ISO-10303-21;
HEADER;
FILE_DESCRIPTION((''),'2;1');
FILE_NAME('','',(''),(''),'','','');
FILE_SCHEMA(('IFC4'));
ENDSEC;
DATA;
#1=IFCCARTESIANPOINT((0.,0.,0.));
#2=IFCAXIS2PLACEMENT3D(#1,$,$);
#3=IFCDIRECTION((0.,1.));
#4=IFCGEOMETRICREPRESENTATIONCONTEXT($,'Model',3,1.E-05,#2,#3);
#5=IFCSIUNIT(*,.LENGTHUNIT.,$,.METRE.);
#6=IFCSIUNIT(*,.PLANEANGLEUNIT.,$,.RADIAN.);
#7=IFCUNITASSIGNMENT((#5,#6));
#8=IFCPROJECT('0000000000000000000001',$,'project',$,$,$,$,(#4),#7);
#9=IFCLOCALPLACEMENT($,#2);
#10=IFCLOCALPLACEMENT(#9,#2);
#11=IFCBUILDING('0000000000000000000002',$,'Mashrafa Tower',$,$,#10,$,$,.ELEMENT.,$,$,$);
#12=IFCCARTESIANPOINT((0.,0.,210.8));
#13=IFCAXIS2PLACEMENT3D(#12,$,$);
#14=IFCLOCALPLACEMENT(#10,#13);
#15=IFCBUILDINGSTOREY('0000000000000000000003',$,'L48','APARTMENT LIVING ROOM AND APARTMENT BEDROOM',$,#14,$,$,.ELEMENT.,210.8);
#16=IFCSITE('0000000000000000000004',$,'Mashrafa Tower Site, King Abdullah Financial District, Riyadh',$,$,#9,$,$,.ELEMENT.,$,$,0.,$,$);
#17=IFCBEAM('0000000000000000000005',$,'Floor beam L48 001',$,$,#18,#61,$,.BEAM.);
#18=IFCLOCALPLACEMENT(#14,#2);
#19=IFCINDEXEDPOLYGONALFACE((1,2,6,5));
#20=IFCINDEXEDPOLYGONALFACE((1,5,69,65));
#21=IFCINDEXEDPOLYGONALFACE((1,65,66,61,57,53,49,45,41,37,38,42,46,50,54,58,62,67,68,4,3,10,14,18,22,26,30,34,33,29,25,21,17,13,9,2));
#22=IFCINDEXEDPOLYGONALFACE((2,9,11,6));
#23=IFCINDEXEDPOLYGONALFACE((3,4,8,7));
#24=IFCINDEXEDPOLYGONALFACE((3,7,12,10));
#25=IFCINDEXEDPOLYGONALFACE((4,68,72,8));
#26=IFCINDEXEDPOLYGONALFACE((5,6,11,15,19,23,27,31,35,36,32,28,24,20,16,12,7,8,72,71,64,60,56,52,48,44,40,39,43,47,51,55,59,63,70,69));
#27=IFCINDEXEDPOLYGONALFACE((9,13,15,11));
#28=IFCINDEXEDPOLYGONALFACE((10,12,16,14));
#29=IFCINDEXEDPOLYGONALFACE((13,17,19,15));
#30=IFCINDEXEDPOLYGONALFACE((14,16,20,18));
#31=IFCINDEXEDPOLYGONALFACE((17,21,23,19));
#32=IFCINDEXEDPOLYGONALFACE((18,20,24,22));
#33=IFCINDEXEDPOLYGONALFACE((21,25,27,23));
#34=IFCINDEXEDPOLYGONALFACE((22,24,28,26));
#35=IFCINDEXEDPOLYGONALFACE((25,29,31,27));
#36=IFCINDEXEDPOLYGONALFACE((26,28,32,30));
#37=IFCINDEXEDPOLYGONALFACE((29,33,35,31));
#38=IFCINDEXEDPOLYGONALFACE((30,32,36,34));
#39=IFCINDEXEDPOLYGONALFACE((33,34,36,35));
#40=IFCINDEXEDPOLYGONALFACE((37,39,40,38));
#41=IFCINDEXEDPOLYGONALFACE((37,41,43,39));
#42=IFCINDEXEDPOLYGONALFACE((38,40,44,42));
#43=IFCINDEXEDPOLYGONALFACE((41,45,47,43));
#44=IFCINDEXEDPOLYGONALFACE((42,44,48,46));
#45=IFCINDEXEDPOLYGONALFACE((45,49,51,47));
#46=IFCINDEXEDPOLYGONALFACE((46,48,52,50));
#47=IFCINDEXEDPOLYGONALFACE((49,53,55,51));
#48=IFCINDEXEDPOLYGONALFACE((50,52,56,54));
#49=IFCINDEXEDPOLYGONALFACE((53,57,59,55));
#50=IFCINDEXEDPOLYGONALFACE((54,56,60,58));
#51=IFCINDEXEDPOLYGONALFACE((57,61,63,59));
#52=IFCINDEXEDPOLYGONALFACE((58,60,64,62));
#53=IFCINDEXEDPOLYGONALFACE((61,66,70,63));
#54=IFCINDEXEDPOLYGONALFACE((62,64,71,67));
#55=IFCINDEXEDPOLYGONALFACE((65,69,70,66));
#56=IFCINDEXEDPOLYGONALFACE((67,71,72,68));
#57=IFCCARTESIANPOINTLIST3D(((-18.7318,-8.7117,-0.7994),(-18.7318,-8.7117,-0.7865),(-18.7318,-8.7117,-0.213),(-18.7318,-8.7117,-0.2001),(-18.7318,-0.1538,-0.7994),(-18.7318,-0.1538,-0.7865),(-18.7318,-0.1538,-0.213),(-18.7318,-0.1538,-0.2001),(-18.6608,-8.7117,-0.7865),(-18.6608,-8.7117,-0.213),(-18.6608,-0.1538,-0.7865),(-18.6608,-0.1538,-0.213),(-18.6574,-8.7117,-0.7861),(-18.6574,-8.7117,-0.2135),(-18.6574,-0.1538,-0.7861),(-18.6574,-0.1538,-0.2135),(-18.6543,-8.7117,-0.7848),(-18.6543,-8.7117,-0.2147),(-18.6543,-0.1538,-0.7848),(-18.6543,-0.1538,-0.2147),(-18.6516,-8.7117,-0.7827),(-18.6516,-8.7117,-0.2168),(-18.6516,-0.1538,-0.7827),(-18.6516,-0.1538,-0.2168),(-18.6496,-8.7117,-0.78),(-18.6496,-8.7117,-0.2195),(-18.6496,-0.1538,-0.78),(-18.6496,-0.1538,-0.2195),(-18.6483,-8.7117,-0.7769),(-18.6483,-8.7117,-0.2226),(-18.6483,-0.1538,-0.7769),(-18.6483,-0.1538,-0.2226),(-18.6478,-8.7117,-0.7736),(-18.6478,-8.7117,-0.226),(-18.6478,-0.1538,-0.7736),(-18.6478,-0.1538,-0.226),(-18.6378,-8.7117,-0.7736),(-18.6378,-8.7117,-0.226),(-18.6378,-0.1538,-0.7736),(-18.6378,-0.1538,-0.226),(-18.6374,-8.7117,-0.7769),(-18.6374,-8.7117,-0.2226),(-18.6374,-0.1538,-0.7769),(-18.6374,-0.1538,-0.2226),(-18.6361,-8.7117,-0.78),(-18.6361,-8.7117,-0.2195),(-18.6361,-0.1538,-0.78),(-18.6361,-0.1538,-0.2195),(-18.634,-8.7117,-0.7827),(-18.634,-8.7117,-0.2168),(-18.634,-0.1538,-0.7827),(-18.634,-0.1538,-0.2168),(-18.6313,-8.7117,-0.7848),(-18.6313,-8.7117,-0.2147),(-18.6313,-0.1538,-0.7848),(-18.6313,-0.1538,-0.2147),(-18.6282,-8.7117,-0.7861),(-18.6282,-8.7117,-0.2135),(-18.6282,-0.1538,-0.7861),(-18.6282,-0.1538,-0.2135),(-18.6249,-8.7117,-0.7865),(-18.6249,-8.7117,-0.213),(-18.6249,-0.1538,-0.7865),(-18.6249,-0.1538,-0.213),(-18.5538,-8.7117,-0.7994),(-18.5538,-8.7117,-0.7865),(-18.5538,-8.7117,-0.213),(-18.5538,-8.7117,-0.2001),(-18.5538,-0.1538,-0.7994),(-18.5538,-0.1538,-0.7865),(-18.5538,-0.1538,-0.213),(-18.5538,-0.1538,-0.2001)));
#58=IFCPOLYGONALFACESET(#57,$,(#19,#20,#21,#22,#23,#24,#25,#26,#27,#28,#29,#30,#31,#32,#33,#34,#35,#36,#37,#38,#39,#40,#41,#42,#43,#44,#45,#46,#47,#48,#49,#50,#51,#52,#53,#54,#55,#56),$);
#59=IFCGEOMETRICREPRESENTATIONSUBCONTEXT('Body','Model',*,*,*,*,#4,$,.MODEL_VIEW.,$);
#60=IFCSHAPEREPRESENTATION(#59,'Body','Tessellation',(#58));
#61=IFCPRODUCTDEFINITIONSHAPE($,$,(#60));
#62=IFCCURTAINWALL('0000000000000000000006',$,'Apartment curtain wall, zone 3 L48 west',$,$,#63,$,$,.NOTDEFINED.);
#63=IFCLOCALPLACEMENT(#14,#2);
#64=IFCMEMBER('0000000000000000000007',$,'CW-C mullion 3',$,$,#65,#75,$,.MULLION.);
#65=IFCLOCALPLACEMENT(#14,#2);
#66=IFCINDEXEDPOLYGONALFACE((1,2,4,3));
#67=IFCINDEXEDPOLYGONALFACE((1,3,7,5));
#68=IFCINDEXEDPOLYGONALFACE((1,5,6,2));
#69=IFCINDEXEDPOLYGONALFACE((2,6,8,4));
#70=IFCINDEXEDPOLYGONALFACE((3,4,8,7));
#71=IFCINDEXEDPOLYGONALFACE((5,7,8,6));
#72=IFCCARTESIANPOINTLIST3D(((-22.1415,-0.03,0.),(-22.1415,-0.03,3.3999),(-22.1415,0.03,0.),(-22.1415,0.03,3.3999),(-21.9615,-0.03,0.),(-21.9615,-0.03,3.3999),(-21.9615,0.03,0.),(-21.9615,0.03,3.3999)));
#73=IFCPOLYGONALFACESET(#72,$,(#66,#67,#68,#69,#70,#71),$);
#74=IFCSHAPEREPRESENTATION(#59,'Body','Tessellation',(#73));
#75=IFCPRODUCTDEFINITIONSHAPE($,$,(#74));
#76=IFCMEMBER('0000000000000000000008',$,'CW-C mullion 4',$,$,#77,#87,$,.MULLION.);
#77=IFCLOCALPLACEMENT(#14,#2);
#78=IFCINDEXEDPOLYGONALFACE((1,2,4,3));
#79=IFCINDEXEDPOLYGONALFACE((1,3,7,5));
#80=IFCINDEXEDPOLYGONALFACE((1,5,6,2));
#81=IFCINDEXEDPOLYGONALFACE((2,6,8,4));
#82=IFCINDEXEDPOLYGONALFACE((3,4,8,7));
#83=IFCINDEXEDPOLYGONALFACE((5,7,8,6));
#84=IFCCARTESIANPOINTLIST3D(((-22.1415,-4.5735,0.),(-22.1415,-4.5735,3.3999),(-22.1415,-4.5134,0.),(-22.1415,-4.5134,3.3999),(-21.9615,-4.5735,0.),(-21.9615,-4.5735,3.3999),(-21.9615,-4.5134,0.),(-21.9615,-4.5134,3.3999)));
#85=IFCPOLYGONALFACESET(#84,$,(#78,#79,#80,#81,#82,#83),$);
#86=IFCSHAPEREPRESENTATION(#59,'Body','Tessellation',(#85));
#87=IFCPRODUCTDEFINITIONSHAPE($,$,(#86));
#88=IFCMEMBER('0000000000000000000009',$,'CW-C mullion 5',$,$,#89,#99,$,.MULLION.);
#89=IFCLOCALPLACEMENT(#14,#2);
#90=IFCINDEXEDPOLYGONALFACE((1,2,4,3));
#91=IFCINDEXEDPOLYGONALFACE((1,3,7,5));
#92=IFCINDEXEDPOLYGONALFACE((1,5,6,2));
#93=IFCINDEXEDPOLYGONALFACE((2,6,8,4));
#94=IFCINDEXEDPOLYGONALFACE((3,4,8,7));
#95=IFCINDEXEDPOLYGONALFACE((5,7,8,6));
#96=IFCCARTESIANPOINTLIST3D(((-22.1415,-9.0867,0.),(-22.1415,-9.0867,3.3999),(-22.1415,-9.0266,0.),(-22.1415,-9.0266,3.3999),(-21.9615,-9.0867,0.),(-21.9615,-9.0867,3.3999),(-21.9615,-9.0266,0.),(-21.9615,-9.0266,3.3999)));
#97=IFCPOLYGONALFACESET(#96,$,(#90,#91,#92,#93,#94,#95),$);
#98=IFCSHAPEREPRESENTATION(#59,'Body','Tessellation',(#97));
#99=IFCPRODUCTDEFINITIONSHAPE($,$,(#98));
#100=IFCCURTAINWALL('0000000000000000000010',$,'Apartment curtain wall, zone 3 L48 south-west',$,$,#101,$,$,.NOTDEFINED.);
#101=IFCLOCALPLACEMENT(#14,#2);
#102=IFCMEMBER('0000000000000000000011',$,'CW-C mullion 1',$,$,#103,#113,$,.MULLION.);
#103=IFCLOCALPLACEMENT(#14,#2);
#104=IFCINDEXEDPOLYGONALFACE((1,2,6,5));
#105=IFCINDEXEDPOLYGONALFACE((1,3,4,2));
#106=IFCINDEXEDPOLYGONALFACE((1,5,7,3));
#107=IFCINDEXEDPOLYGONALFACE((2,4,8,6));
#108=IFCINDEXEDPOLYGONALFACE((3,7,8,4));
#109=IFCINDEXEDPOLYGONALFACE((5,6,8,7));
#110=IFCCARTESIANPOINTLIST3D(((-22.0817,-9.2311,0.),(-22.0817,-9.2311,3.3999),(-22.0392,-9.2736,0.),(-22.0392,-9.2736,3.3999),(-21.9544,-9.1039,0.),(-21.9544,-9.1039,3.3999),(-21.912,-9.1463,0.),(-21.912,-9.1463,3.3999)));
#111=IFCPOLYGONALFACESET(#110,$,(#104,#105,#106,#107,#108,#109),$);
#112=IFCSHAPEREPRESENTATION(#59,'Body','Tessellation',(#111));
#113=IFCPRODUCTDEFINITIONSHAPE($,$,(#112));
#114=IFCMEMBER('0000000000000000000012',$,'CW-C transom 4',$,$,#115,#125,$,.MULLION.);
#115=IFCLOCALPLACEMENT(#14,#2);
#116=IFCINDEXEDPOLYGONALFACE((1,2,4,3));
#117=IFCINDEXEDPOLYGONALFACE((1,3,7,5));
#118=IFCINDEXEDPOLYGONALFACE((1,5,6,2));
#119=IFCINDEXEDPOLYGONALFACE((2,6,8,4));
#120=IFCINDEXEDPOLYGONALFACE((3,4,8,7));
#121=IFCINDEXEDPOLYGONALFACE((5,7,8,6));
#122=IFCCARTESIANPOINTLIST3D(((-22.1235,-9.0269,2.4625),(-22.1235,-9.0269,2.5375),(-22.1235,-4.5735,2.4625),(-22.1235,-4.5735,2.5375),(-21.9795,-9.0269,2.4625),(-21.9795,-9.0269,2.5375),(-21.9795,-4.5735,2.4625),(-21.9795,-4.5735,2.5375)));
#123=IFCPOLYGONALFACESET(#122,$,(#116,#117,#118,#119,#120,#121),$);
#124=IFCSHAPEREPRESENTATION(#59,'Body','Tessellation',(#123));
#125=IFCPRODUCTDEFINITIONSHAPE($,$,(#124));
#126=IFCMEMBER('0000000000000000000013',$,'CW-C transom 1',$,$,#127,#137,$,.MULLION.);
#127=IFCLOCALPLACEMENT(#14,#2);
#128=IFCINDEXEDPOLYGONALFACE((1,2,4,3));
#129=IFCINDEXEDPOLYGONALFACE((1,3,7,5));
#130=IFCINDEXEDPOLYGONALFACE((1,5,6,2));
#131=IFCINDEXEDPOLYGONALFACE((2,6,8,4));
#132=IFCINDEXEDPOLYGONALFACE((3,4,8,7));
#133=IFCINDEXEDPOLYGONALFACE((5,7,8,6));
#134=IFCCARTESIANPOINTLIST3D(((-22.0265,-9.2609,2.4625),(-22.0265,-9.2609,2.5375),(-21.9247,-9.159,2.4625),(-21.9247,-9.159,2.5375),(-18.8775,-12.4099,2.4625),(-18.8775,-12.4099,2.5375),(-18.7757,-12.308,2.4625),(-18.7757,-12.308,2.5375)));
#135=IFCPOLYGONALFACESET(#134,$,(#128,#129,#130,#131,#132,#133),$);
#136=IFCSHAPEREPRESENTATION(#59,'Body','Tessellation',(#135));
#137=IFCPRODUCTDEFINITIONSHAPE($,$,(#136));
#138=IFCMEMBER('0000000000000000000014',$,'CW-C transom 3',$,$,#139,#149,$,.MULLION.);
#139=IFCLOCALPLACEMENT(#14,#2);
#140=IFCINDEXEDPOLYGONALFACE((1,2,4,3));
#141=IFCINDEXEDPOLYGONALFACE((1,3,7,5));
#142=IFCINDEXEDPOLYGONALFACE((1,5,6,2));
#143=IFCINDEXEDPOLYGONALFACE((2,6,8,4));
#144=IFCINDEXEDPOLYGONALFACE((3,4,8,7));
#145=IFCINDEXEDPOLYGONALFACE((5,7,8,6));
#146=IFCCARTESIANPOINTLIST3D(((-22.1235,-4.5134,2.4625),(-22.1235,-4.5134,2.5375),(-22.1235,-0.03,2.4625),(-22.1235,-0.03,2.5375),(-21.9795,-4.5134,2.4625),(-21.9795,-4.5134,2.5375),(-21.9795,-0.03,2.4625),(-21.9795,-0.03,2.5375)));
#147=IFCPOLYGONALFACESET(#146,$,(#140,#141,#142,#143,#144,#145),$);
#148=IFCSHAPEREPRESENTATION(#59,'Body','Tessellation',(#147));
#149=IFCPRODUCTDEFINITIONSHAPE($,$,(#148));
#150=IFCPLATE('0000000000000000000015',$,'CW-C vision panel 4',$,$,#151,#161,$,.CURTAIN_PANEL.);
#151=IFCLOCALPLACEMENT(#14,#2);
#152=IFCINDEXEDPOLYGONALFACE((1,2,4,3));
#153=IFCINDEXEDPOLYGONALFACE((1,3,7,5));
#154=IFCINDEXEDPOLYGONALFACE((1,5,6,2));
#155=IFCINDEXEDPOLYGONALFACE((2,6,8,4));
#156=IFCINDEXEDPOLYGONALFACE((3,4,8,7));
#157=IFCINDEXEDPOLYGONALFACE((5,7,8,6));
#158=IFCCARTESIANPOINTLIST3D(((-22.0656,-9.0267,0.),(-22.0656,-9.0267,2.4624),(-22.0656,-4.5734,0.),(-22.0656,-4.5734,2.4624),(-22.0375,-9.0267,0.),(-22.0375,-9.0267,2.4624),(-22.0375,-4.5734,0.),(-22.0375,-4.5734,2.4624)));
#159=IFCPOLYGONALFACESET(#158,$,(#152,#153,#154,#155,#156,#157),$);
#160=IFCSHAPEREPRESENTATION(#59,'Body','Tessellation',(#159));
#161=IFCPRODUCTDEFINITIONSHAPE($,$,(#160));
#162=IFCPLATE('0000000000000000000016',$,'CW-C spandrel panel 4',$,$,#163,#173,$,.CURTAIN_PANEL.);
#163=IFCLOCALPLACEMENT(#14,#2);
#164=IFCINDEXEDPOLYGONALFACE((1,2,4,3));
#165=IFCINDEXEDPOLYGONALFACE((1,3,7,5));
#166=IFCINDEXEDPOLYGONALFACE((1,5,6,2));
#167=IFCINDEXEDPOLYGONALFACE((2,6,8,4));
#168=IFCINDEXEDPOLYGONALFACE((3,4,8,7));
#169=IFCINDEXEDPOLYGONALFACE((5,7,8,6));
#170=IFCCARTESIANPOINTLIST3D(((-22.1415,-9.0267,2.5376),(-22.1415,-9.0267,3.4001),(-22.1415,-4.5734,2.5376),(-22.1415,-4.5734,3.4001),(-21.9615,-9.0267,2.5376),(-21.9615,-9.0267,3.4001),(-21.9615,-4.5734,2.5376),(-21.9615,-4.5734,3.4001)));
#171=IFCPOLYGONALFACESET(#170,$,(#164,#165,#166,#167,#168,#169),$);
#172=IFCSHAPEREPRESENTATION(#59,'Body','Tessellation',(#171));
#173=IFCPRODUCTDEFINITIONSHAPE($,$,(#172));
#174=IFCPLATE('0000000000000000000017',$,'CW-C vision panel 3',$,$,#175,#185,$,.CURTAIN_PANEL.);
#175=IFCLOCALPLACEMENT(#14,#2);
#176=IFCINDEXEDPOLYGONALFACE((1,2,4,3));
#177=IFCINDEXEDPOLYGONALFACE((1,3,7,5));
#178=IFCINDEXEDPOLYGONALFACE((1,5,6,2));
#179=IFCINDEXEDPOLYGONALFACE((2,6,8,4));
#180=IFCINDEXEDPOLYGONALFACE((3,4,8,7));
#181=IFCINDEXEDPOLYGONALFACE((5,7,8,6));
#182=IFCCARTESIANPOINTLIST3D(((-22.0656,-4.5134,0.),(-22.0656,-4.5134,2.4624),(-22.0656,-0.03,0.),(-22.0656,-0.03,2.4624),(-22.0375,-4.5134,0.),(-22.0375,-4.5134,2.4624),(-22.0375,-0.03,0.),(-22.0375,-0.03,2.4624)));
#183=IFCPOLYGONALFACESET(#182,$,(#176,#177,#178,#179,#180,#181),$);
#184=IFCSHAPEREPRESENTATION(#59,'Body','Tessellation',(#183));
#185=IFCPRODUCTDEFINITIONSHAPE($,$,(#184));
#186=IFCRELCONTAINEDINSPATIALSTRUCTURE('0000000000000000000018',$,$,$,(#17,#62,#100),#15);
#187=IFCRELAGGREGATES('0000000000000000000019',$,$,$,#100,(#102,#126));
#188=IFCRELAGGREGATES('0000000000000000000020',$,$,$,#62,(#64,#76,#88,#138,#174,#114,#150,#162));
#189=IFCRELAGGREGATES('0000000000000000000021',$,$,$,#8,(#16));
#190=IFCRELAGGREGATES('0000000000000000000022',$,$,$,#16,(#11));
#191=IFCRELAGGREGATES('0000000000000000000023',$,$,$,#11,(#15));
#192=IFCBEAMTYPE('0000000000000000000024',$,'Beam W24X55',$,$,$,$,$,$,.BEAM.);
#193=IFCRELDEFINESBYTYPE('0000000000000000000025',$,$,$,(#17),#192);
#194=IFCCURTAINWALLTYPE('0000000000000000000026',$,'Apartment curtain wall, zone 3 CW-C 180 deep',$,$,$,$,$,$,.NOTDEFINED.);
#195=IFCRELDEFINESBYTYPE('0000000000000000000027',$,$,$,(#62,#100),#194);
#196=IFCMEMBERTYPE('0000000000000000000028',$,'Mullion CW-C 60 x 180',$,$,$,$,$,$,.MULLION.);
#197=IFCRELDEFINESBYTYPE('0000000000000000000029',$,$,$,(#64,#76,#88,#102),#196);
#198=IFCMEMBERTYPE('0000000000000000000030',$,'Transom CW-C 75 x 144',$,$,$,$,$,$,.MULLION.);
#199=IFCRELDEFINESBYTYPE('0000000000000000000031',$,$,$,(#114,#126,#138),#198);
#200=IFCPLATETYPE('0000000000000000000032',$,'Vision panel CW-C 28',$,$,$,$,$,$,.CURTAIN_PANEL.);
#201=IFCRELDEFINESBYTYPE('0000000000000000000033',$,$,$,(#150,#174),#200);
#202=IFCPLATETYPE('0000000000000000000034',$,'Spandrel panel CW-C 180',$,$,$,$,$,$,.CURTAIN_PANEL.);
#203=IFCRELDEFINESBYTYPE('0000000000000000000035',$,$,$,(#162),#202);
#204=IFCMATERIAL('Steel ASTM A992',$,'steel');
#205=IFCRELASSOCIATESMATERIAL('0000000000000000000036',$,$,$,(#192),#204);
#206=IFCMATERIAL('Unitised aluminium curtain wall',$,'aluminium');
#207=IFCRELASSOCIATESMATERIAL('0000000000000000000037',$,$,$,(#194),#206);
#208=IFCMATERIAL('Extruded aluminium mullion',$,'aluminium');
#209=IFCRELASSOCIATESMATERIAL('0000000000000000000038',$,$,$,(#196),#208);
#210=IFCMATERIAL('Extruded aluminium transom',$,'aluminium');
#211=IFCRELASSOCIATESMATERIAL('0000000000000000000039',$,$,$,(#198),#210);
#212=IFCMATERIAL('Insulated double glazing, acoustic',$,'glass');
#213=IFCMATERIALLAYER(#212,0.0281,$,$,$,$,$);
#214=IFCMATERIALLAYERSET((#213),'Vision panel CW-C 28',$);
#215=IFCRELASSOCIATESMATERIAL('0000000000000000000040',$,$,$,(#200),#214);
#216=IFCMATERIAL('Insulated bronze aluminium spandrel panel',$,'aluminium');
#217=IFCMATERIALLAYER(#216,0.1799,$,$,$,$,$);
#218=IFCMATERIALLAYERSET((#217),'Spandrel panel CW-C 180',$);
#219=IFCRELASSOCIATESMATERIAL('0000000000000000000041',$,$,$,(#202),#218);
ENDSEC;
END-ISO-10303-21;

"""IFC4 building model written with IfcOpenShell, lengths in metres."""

from ifc_helpers import new_model, si_unit, direction, frame, origin, origin_2d, place, context, subcontext, project, spatial, rectangle, i_section, extrude, source, transform, mapped, material, layer, layer_set, material_profile, profile_set, type_object, type_shapes, element, aggregate, save


model = new_model("IFC4")

# Units and contexts
model_context = context("Model", 3, precision=1e-05, world=origin(), true_north=direction((0.0, 1.0)))
body_context = subcontext(model_context, "Body", "Model", "MODEL_VIEW")
ifc_project = project(units=[si_unit("LENGTHUNIT", "METRE"), si_unit("PLANEANGLEUNIT", "RADIAN")], contexts=[model_context])

# Site, building, storey
site_placement = place(None, origin())
site = spatial("IfcSite", under=ifc_project, at=site_placement, Name="Mashrafa Tower Site, King Abdullah Financial District, Riyadh", CompositionType="ELEMENT", RefElevation=0.0)
building_placement = place(site_placement, origin())
building = spatial("IfcBuilding", under=site, at=building_placement, Name="Mashrafa Tower", CompositionType="ELEMENT")
storey_placement = place(building_placement, frame((0.0, 0.0, 210.8)))
storey = spatial("IfcBuildingStorey", under=building, at=storey_placement, Name="L48", Description="APARTMENT LIVING ROOM AND APARTMENT BEDROOM", CompositionType="ELEMENT", Elevation=210.8)

# Beam
ifc_material_1 = material(Name="Steel ASTM A992", Category="steel")
ifc_material_profile_1 = material_profile(ifc_material_1, i_section(OverallWidth=0.178, OverallDepth=0.5994, WebThickness=0.01, FlangeThickness=0.0129, FilletRadius=0.0129, at=origin_2d()), Name="W24X55")
ifc_profile_set_1 = profile_set([ifc_material_profile_1], Name="Steel ASTM A992")
beam_type_1 = type_object("IfcBeamType", Name="Beam W24X55", PredefinedType="BEAM", material=ifc_profile_set_1)
beam_1_placement = place(storey_placement, frame((-18.6428, -8.7117, -0.4998), z_axis=(0.0, 1.0, 0.0), x_axis=(-1.0, 0.0, 0.0)))
element("IfcBeam", 1, at=beam_1_placement, inside=storey, type_object=beam_type_1, Name="Floor beam L48 001", PredefinedType="BEAM", context=body_context, shape_type="SweptSolid", body=[
    extrude(i_section(OverallWidth=0.178, OverallDepth=0.5994, WebThickness=0.01, FlangeThickness=0.0129, FilletRadius=0.0129, at=origin_2d()), origin(), (0.0, 0.0, 1.0), 8.5579),
])

# Curtain wall, members
ifc_material_2 = material(Name="Unitised aluminium curtain wall", Category="aluminium")
curtain_wall_type = type_object("IfcCurtainWallType", Name="Apartment curtain wall, zone 3 CW-C 180 deep", PredefinedType="NOTDEFINED", material=ifc_material_2)
curtain_wall_1_placement = place(storey_placement, origin())
curtain_wall_1 = element("IfcCurtainWall", 2, at=curtain_wall_1_placement, inside=storey, type_object=curtain_wall_type, Name="Apartment curtain wall, zone 3 L48 west", PredefinedType="NOTDEFINED")
ifc_material_3 = material(Name="Extruded aluminium mullion", Category="aluminium")
ifc_material_profile_2 = material_profile(ifc_material_3, rectangle(XDim=0.1799, YDim=0.0601, at=origin_2d()), Name="Mullion 60x180")
ifc_profile_set_2 = profile_set([ifc_material_profile_2], Name="Extruded aluminium mullion")
member_type_1 = type_object("IfcMemberType", Name="Mullion CW-C 60 x 180", PredefinedType="MULLION", material=ifc_profile_set_2)
shared_shape_1 = source(origin(), body_context, "Body", "SweptSolid", [
    extrude(rectangle(XDim=0.1799, YDim=0.0601, at=origin_2d()), origin(), (0.0, 0.0, 1.0), 3.3999),
])
type_shapes(member_type_1, [shared_shape_1])
member_1_placement = place(storey_placement, frame((-22.0515, 0.0, 0.0), z_axis=(0.0, 0.0, 1.0), x_axis=(1.0, 0.0, 0.0)))
member_1 = element("IfcMember", 3, at=member_1_placement, type_object=member_type_1, Name="CW-C mullion 3", PredefinedType="MULLION", context=body_context, shape_type="MappedRepresentation", body=[
    mapped(shared_shape_1, transform((0.0, 0.0, 0.0))),
])
member_2_placement = place(storey_placement, frame((-22.0515, -4.5435, 0.0), z_axis=(0.0, 0.0, 1.0), x_axis=(1.0, 0.0, 0.0)))
member_2 = element("IfcMember", 4, at=member_2_placement, type_object=member_type_1, Name="CW-C mullion 4", PredefinedType="MULLION", context=body_context, shape_type="MappedRepresentation", body=[
    mapped(shared_shape_1, transform((0.0, 0.0, 0.0))),
])
member_3_placement = place(storey_placement, frame((-22.0515, -9.0566, 0.0), z_axis=(0.0, 0.0, 1.0), x_axis=(1.0, 0.0, 0.0)))
member_3 = element("IfcMember", 5, at=member_3_placement, type_object=member_type_1, Name="CW-C mullion 5", PredefinedType="MULLION", context=body_context, shape_type="MappedRepresentation", body=[
    mapped(shared_shape_1, transform((0.0, 0.0, 0.0))),
])

# Curtain wall, member
curtain_wall_2_placement = place(storey_placement, origin())
curtain_wall_2 = element("IfcCurtainWall", 6, at=curtain_wall_2_placement, inside=storey, type_object=curtain_wall_type, Name="Apartment curtain wall, zone 3 L48 south-west", PredefinedType="NOTDEFINED")
member_4_placement = place(storey_placement, frame((-21.9968, -9.1887, 0.0), z_axis=(0.0, 0.0, 1.0), x_axis=(0.707107, 0.707107, 0.0)))
member_4 = element("IfcMember", 7, at=member_4_placement, type_object=member_type_1, Name="CW-C mullion 1", PredefinedType="MULLION", context=body_context, shape_type="MappedRepresentation", body=[
    mapped(shared_shape_1, transform((0.0, 0.0, 0.0))),
])

# Members
ifc_material_4 = material(Name="Extruded aluminium transom", Category="aluminium")
ifc_material_profile_3 = material_profile(ifc_material_4, rectangle(XDim=0.144, YDim=0.075, at=origin_2d()), Name="Transom 75x144")
ifc_profile_set_3 = profile_set([ifc_material_profile_3], Name="Extruded aluminium transom")
member_type_2 = type_object("IfcMemberType", Name="Transom CW-C 75 x 144", PredefinedType="MULLION", material=ifc_profile_set_3)
shared_shape_2 = source(origin(), body_context, "Body", "SweptSolid", [
    extrude(rectangle(XDim=0.144, YDim=0.075, at=origin_2d()), origin(), (0.0, 0.0, 1.0), 4.4534),
])
member_5_placement = place(storey_placement, frame((-22.0515, -4.5735, 2.5), z_axis=(0.0, -1.0, 0.0), x_axis=(1.0, 0.0, 0.0)))
member_5 = element("IfcMember", 8, at=member_5_placement, type_object=member_type_2, Name="CW-C transom 4", PredefinedType="MULLION", context=body_context, shape_type="MappedRepresentation", body=[
    mapped(shared_shape_2, transform((0.0, 0.0, 0.0))),
])
member_6_placement = place(storey_placement, frame((-21.9756, -9.21, 2.5), z_axis=(0.707107, -0.707107, 0.0), x_axis=(0.707107, 0.707107, 0.0)))
member_6 = element("IfcMember", 9, at=member_6_placement, type_object=member_type_2, Name="CW-C transom 1", PredefinedType="MULLION", context=body_context, shape_type="MappedRepresentation", body=[
    mapped(shared_shape_2, transform((0.0, 0.0, 0.0))),
])
aggregate(curtain_wall_2, [member_4, member_6])
shared_shape_3 = source(origin(), body_context, "Body", "SweptSolid", [
    extrude(rectangle(XDim=0.144, YDim=0.075, at=origin_2d()), origin(), (0.0, 0.0, 1.0), 4.4834),
])
type_shapes(member_type_2, [shared_shape_2, shared_shape_3])
member_7_placement = place(storey_placement, frame((-22.0515, -0.03, 2.5), z_axis=(0.0, -1.0, 0.0), x_axis=(1.0, 0.0, 0.0)))
member_7 = element("IfcMember", 10, at=member_7_placement, type_object=member_type_2, Name="CW-C transom 3", PredefinedType="MULLION", context=body_context, shape_type="MappedRepresentation", body=[
    mapped(shared_shape_3, transform((0.0, 0.0, 0.0))),
])

# Plates
ifc_material_5 = material(Name="Insulated double glazing, acoustic", Category="glass")
ifc_layer_1 = layer(ifc_material_5, 0.0281)
ifc_layer_set_1 = layer_set([ifc_layer_1], Name="Vision panel CW-C 28")
plate_type_1 = type_object("IfcPlateType", Name="Vision panel CW-C 28", PredefinedType="CURTAIN_PANEL", material=ifc_layer_set_1)
shared_shape_4 = source(origin(), body_context, "Body", "SweptSolid", [
    extrude(rectangle(XDim=4.4534, YDim=0.0281, at=origin_2d()), origin(), (0.0, 0.0, 1.0), 2.4624),
])
plate_1_placement = place(storey_placement, frame((-22.0515, -6.8, 0.0), z_axis=(0.0, 0.0, 1.0), x_axis=(0.0, -1.0, 0.0)))
plate_1 = element("IfcPlate", 11, at=plate_1_placement, type_object=plate_type_1, Name="CW-C vision panel 4", PredefinedType="CURTAIN_PANEL", context=body_context, shape_type="MappedRepresentation", body=[
    mapped(shared_shape_4, transform((0.0, 0.0, 0.0))),
])
ifc_material_6 = material(Name="Insulated bronze aluminium spandrel panel", Category="aluminium")
ifc_layer_2 = layer(ifc_material_6, 0.1799)
ifc_layer_set_2 = layer_set([ifc_layer_2], Name="Spandrel panel CW-C 180")
plate_type_2 = type_object("IfcPlateType", Name="Spandrel panel CW-C 180", PredefinedType="CURTAIN_PANEL", material=ifc_layer_set_2)
shared_shape_5 = source(origin(), body_context, "Body", "SweptSolid", [
    extrude(rectangle(XDim=4.4534, YDim=0.1799, at=origin_2d()), origin(), (0.0, 0.0, 1.0), 0.8625),
])
plate_2_placement = place(storey_placement, frame((-22.0515, -6.8, 2.5376), z_axis=(0.0, 0.0, 1.0), x_axis=(0.0, -1.0, 0.0)))
plate_2 = element("IfcPlate", 12, at=plate_2_placement, type_object=plate_type_2, Name="CW-C spandrel panel 4", PredefinedType="CURTAIN_PANEL", context=body_context, shape_type="MappedRepresentation", body=[
    mapped(shared_shape_5, transform((0.0, 0.0, 0.0))),
])
shared_shape_6 = source(origin(), body_context, "Body", "SweptSolid", [
    extrude(rectangle(XDim=4.4834, YDim=0.0281, at=origin_2d()), origin(), (0.0, 0.0, 1.0), 2.4624),
])
type_shapes(plate_type_1, [shared_shape_4, shared_shape_6])
plate_3_placement = place(storey_placement, frame((-22.0515, -2.2717, 0.0), z_axis=(0.0, 0.0, 1.0), x_axis=(0.0, -1.0, 0.0)))
plate_3 = element("IfcPlate", 13, at=plate_3_placement, type_object=plate_type_1, Name="CW-C vision panel 3", PredefinedType="CURTAIN_PANEL", context=body_context, shape_type="MappedRepresentation", body=[
    mapped(shared_shape_6, transform((0.0, 0.0, 0.0))),
])
aggregate(curtain_wall_1, [member_1, member_2, member_3, member_7, plate_3, member_5, plate_1, plate_2])

save(model, "model.ifc")
